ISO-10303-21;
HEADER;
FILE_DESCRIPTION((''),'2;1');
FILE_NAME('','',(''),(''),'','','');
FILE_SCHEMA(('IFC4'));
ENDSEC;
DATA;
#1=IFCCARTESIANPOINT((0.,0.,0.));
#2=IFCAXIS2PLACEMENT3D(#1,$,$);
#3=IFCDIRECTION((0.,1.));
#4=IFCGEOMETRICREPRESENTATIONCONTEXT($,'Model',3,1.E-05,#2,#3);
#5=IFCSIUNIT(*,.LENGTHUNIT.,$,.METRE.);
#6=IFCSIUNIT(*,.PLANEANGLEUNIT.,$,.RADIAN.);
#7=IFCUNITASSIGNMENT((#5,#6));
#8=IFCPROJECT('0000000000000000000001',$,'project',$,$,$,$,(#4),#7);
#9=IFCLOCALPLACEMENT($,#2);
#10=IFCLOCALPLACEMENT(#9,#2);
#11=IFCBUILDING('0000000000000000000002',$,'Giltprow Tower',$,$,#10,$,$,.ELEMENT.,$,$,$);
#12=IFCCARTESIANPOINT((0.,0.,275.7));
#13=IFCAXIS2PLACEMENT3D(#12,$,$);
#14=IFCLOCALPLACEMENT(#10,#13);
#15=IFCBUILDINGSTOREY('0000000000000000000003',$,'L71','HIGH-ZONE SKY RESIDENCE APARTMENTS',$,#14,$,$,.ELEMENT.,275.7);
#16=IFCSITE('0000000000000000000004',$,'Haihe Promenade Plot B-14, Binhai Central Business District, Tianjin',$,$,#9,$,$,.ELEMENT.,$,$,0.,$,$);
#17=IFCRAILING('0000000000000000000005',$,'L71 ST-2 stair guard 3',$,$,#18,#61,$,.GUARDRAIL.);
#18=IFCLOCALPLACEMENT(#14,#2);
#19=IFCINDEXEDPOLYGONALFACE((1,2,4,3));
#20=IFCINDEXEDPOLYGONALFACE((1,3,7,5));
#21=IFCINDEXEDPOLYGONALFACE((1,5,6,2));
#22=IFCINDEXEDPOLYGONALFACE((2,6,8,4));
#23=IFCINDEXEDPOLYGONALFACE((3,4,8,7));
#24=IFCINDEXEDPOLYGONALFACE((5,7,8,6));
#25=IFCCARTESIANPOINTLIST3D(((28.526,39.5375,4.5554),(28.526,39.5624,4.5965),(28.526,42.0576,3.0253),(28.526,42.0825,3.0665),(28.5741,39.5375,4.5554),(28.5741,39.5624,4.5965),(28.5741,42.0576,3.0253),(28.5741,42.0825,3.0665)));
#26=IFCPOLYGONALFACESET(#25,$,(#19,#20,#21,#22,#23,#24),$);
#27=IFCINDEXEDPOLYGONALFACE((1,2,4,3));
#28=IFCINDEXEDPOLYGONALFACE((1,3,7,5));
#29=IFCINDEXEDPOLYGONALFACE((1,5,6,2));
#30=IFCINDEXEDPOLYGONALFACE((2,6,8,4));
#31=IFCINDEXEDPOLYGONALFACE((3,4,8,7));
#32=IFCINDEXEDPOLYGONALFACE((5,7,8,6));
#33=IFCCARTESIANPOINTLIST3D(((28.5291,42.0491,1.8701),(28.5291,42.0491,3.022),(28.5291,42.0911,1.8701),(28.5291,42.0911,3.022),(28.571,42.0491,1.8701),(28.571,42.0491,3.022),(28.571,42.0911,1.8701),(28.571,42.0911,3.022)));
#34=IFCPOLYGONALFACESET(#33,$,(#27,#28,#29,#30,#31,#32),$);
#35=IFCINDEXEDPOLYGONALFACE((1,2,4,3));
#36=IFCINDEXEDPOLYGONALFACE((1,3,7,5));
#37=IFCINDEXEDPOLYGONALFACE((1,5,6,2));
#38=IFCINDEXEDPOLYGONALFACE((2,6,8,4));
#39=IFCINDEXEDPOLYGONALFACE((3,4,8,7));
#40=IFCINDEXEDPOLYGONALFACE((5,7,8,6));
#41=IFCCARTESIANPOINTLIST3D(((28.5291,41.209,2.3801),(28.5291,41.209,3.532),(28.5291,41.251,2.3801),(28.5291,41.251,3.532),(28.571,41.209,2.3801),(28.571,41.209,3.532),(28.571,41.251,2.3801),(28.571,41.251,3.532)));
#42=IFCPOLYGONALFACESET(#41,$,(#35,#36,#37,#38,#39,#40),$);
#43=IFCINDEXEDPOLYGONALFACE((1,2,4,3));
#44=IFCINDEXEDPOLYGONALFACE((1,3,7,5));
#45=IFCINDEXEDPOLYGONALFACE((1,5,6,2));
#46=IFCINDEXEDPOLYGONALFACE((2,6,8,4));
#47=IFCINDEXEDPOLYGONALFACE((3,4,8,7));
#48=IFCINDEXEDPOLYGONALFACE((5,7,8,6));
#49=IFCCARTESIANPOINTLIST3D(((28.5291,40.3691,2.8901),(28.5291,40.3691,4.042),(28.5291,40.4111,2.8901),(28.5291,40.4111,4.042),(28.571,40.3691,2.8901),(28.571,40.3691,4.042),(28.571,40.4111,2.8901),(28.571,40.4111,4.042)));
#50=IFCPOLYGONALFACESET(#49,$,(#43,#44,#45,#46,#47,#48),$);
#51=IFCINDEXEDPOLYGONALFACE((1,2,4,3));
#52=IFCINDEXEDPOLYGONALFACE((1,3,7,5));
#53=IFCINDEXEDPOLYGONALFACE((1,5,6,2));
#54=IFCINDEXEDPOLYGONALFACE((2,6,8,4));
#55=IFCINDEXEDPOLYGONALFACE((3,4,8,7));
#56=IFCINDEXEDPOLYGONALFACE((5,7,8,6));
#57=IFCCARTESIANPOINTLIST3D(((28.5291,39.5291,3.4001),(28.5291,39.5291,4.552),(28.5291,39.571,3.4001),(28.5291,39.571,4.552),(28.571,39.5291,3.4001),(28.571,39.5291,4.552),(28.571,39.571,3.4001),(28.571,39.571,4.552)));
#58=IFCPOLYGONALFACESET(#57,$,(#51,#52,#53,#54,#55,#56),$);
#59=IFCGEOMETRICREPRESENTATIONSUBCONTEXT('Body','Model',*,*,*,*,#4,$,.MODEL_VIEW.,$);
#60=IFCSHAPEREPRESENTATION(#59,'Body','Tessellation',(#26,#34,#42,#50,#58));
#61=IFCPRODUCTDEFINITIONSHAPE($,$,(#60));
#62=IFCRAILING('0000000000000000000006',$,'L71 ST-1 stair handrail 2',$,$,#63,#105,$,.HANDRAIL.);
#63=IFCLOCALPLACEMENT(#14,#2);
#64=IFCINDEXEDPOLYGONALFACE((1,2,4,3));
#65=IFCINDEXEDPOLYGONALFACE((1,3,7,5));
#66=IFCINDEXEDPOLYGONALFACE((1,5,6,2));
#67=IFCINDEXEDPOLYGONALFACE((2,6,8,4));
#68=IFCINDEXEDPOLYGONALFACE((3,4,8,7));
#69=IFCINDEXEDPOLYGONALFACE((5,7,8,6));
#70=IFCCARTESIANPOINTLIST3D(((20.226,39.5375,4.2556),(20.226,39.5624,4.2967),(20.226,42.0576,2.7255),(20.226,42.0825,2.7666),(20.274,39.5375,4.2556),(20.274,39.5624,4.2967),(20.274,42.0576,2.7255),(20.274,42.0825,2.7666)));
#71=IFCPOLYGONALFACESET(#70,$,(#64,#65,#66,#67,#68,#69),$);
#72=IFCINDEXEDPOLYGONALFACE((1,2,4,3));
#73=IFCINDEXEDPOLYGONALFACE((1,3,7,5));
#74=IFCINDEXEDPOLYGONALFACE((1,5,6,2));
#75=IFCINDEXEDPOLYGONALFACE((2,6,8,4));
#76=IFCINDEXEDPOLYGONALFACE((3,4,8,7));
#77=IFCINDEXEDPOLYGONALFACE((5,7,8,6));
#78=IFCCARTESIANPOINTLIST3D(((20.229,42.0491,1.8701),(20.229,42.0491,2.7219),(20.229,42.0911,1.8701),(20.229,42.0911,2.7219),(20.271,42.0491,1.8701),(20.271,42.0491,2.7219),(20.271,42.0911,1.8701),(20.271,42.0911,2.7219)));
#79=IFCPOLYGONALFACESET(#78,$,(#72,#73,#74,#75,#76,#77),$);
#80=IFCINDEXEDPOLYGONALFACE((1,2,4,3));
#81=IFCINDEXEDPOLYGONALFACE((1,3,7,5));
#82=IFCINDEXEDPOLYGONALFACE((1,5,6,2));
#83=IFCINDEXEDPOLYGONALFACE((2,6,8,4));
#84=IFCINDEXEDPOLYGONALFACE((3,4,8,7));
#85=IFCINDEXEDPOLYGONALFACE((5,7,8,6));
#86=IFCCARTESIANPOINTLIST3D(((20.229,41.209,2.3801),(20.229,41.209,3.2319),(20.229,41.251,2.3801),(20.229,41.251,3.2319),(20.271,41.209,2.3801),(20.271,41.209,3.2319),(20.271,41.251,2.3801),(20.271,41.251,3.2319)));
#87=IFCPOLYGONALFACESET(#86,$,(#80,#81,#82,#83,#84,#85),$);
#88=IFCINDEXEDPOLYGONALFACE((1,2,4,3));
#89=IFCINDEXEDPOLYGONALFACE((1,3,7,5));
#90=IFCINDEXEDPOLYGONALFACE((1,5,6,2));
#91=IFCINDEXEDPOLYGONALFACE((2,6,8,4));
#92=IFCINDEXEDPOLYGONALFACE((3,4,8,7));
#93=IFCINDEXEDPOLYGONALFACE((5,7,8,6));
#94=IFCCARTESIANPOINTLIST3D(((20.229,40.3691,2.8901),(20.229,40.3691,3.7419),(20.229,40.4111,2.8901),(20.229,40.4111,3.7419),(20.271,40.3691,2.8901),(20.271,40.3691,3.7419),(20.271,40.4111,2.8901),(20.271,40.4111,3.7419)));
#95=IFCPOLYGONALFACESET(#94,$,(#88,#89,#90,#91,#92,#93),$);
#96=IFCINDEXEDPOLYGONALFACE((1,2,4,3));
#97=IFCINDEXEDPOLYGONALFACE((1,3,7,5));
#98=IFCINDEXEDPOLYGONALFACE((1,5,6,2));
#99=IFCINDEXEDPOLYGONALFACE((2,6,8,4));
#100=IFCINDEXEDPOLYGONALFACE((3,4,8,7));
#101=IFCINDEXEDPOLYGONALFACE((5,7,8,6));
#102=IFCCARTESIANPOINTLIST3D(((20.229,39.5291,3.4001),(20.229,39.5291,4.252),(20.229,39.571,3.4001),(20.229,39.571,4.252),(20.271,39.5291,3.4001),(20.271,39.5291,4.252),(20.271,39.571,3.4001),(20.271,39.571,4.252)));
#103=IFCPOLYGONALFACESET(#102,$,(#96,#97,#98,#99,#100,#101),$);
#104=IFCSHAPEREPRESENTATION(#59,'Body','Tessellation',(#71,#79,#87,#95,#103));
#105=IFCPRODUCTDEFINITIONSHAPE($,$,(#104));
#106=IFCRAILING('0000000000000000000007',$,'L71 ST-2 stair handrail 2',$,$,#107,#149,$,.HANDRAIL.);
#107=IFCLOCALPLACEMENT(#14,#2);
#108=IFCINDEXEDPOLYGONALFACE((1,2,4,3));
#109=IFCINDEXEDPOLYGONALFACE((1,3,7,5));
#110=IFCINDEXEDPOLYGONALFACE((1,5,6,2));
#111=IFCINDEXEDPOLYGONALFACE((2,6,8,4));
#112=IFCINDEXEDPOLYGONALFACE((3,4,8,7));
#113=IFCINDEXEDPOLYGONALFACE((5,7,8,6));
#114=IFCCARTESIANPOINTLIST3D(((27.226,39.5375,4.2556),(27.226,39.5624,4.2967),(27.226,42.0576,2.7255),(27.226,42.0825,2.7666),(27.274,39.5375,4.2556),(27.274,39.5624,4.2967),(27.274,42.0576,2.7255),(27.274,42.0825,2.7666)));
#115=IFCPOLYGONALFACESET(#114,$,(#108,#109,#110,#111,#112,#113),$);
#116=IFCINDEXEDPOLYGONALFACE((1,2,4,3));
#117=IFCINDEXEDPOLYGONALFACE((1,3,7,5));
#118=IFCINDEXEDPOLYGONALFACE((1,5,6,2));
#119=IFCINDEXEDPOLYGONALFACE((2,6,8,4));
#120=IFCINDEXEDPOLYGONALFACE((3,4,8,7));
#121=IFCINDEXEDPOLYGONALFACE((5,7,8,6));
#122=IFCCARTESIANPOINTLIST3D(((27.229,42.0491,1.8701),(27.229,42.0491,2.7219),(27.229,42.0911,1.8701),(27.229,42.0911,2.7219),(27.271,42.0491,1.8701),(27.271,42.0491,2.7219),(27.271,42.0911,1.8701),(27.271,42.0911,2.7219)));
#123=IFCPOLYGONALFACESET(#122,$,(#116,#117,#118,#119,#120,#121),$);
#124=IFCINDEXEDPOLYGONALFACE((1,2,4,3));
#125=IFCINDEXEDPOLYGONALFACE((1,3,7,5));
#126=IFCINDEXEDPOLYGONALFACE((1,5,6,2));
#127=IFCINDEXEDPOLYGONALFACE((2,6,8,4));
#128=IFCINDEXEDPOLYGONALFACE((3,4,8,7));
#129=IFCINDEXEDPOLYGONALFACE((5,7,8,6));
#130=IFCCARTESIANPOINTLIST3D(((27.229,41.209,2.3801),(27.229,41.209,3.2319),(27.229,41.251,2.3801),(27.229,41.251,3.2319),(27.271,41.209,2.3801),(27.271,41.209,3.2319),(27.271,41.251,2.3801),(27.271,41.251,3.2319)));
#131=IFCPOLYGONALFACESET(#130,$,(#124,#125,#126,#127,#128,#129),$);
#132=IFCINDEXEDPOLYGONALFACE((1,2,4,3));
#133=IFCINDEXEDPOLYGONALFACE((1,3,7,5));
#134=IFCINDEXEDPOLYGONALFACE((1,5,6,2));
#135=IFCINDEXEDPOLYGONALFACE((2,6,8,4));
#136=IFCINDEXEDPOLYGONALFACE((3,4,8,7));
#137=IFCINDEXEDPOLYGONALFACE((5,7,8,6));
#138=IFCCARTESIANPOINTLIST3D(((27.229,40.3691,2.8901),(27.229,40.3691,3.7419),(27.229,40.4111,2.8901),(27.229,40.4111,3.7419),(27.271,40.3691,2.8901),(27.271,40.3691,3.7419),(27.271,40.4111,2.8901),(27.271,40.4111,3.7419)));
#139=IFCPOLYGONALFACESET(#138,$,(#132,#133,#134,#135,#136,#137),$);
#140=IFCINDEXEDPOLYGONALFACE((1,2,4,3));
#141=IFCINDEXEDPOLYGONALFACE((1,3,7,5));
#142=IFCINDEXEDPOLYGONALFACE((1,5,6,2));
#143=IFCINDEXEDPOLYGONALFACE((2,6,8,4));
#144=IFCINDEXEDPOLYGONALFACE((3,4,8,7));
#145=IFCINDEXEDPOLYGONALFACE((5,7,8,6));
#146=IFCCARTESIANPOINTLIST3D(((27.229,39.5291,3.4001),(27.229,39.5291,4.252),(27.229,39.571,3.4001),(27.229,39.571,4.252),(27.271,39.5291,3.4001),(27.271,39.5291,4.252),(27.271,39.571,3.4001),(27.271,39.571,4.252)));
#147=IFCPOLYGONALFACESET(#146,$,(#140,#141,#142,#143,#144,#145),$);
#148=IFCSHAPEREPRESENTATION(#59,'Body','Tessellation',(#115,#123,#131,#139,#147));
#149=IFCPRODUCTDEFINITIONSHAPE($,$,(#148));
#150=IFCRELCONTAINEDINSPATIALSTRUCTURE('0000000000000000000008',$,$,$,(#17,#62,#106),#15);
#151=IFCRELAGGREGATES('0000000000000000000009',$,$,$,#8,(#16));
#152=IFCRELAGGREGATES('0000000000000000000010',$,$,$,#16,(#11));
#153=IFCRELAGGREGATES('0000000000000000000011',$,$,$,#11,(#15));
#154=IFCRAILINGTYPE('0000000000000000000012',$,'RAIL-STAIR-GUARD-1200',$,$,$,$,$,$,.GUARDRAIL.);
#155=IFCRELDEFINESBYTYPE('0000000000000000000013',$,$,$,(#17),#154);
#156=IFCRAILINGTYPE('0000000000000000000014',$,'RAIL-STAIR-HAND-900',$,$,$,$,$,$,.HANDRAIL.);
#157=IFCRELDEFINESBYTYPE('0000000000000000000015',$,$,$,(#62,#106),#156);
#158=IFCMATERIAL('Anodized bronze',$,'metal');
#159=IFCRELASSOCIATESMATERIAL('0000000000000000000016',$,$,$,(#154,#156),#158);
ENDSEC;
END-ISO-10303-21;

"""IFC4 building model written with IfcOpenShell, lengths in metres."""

from ifc_helpers import new_model, si_unit, direction, frame, origin, origin_2d, place, context, subcontext, project, spatial, rectangle, extrude, material, type_object, element, save


model = new_model("IFC4")

# Units and contexts
model_context = context("Model", 3, precision=1e-05, world=origin(), true_north=direction((0.0, 1.0)))
body_context = subcontext(model_context, "Body", "Model", "MODEL_VIEW")
ifc_project = project(units=[si_unit("LENGTHUNIT", "METRE"), si_unit("PLANEANGLEUNIT", "RADIAN")], contexts=[model_context])

# Site, building, storey
site_placement = place(None, origin())
site = spatial("IfcSite", under=ifc_project, at=site_placement, Name="Haihe Promenade Plot B-14, Binhai Central Business District, Tianjin", CompositionType="ELEMENT", RefElevation=0.0)
building_placement = place(site_placement, origin())
building = spatial("IfcBuilding", under=site, at=building_placement, Name="Giltprow Tower", CompositionType="ELEMENT")
storey_placement = place(building_placement, frame((0.0, 0.0, 275.7)))
storey = spatial("IfcBuildingStorey", under=building, at=storey_placement, Name="L71", Description="HIGH-ZONE SKY RESIDENCE APARTMENTS", CompositionType="ELEMENT", Elevation=275.7)

# Railings
ifc_material_1 = material(Name="Anodized bronze", Category="metal")
railing_type_1 = type_object("IfcRailingType", Name="RAIL-STAIR-GUARD-1200", PredefinedType="GUARDRAIL", material=ifc_material_1)
railing_1_placement = place(storey_placement, frame((28.55, 42.0701, 1.8701)))
element("IfcRailing", 1, at=railing_1_placement, inside=storey, type_object=railing_type_1, Name="L71 ST-2 stair guard 3", PredefinedType="GUARDRAIL", context=body_context, shape_type="SweptSolid", body=[
    extrude(rectangle(XDim=0.0481, YDim=0.0481, at=origin_2d()), frame((0.0, 0.0, 1.1758), z_axis=(0.0, -0.854785, 0.518982), x_axis=(1.0, 0.0, 0.0)), (0.0, 0.0, 1.0), 2.9482),
    extrude(rectangle(XDim=0.042, YDim=0.042, at=origin_2d()), origin(), (0.0, 0.0, 1.0), 1.1519),
    extrude(rectangle(XDim=0.042, YDim=0.042, at=origin_2d()), frame((0.0, -0.8401, 0.51)), (0.0, 0.0, 1.0), 1.1519),
    extrude(rectangle(XDim=0.042, YDim=0.042, at=origin_2d()), frame((0.0, -1.6799, 1.02)), (0.0, 0.0, 1.0), 1.1519),
    extrude(rectangle(XDim=0.042, YDim=0.042, at=origin_2d()), frame((0.0, -2.52, 1.53)), (0.0, 0.0, 1.0), 1.1519),
])
railing_type_2 = type_object("IfcRailingType", Name="RAIL-STAIR-HAND-900", PredefinedType="HANDRAIL", material=ifc_material_1)
for number, where, name in (
    (2, (20.25, 42.0701, 1.8701), "L71 ST-1 stair handrail 2"),
    (3, (27.25, 42.0701, 1.8701), "L71 ST-2 stair handrail 2"),
):
    element("IfcRailing", number, at=place(storey_placement, frame(where)), inside=storey, type_object=railing_type_2, Name=name, PredefinedType="HANDRAIL", context=body_context, shape_type="SweptSolid", body=[
        extrude(rectangle(XDim=0.0481, YDim=0.0481, at=origin_2d()), frame((0.0, 0.0, 0.876), z_axis=(0.0, -0.854785, 0.518982), x_axis=(1.0, 0.0, 0.0)), (0.0, 0.0, 1.0), 2.9482),
        extrude(rectangle(XDim=0.042, YDim=0.042, at=origin_2d()), origin(), (0.0, 0.0, 1.0), 0.8518),
        extrude(rectangle(XDim=0.042, YDim=0.042, at=origin_2d()), frame((0.0, -0.8401, 0.51)), (0.0, 0.0, 1.0), 0.8518),
        extrude(rectangle(XDim=0.042, YDim=0.042, at=origin_2d()), frame((0.0, -1.6799, 1.02)), (0.0, 0.0, 1.0), 0.8518),
        extrude(rectangle(XDim=0.042, YDim=0.042, at=origin_2d()), frame((0.0, -2.52, 1.53)), (0.0, 0.0, 1.0), 0.8518),
    ])

save(model, "model.ifc")
